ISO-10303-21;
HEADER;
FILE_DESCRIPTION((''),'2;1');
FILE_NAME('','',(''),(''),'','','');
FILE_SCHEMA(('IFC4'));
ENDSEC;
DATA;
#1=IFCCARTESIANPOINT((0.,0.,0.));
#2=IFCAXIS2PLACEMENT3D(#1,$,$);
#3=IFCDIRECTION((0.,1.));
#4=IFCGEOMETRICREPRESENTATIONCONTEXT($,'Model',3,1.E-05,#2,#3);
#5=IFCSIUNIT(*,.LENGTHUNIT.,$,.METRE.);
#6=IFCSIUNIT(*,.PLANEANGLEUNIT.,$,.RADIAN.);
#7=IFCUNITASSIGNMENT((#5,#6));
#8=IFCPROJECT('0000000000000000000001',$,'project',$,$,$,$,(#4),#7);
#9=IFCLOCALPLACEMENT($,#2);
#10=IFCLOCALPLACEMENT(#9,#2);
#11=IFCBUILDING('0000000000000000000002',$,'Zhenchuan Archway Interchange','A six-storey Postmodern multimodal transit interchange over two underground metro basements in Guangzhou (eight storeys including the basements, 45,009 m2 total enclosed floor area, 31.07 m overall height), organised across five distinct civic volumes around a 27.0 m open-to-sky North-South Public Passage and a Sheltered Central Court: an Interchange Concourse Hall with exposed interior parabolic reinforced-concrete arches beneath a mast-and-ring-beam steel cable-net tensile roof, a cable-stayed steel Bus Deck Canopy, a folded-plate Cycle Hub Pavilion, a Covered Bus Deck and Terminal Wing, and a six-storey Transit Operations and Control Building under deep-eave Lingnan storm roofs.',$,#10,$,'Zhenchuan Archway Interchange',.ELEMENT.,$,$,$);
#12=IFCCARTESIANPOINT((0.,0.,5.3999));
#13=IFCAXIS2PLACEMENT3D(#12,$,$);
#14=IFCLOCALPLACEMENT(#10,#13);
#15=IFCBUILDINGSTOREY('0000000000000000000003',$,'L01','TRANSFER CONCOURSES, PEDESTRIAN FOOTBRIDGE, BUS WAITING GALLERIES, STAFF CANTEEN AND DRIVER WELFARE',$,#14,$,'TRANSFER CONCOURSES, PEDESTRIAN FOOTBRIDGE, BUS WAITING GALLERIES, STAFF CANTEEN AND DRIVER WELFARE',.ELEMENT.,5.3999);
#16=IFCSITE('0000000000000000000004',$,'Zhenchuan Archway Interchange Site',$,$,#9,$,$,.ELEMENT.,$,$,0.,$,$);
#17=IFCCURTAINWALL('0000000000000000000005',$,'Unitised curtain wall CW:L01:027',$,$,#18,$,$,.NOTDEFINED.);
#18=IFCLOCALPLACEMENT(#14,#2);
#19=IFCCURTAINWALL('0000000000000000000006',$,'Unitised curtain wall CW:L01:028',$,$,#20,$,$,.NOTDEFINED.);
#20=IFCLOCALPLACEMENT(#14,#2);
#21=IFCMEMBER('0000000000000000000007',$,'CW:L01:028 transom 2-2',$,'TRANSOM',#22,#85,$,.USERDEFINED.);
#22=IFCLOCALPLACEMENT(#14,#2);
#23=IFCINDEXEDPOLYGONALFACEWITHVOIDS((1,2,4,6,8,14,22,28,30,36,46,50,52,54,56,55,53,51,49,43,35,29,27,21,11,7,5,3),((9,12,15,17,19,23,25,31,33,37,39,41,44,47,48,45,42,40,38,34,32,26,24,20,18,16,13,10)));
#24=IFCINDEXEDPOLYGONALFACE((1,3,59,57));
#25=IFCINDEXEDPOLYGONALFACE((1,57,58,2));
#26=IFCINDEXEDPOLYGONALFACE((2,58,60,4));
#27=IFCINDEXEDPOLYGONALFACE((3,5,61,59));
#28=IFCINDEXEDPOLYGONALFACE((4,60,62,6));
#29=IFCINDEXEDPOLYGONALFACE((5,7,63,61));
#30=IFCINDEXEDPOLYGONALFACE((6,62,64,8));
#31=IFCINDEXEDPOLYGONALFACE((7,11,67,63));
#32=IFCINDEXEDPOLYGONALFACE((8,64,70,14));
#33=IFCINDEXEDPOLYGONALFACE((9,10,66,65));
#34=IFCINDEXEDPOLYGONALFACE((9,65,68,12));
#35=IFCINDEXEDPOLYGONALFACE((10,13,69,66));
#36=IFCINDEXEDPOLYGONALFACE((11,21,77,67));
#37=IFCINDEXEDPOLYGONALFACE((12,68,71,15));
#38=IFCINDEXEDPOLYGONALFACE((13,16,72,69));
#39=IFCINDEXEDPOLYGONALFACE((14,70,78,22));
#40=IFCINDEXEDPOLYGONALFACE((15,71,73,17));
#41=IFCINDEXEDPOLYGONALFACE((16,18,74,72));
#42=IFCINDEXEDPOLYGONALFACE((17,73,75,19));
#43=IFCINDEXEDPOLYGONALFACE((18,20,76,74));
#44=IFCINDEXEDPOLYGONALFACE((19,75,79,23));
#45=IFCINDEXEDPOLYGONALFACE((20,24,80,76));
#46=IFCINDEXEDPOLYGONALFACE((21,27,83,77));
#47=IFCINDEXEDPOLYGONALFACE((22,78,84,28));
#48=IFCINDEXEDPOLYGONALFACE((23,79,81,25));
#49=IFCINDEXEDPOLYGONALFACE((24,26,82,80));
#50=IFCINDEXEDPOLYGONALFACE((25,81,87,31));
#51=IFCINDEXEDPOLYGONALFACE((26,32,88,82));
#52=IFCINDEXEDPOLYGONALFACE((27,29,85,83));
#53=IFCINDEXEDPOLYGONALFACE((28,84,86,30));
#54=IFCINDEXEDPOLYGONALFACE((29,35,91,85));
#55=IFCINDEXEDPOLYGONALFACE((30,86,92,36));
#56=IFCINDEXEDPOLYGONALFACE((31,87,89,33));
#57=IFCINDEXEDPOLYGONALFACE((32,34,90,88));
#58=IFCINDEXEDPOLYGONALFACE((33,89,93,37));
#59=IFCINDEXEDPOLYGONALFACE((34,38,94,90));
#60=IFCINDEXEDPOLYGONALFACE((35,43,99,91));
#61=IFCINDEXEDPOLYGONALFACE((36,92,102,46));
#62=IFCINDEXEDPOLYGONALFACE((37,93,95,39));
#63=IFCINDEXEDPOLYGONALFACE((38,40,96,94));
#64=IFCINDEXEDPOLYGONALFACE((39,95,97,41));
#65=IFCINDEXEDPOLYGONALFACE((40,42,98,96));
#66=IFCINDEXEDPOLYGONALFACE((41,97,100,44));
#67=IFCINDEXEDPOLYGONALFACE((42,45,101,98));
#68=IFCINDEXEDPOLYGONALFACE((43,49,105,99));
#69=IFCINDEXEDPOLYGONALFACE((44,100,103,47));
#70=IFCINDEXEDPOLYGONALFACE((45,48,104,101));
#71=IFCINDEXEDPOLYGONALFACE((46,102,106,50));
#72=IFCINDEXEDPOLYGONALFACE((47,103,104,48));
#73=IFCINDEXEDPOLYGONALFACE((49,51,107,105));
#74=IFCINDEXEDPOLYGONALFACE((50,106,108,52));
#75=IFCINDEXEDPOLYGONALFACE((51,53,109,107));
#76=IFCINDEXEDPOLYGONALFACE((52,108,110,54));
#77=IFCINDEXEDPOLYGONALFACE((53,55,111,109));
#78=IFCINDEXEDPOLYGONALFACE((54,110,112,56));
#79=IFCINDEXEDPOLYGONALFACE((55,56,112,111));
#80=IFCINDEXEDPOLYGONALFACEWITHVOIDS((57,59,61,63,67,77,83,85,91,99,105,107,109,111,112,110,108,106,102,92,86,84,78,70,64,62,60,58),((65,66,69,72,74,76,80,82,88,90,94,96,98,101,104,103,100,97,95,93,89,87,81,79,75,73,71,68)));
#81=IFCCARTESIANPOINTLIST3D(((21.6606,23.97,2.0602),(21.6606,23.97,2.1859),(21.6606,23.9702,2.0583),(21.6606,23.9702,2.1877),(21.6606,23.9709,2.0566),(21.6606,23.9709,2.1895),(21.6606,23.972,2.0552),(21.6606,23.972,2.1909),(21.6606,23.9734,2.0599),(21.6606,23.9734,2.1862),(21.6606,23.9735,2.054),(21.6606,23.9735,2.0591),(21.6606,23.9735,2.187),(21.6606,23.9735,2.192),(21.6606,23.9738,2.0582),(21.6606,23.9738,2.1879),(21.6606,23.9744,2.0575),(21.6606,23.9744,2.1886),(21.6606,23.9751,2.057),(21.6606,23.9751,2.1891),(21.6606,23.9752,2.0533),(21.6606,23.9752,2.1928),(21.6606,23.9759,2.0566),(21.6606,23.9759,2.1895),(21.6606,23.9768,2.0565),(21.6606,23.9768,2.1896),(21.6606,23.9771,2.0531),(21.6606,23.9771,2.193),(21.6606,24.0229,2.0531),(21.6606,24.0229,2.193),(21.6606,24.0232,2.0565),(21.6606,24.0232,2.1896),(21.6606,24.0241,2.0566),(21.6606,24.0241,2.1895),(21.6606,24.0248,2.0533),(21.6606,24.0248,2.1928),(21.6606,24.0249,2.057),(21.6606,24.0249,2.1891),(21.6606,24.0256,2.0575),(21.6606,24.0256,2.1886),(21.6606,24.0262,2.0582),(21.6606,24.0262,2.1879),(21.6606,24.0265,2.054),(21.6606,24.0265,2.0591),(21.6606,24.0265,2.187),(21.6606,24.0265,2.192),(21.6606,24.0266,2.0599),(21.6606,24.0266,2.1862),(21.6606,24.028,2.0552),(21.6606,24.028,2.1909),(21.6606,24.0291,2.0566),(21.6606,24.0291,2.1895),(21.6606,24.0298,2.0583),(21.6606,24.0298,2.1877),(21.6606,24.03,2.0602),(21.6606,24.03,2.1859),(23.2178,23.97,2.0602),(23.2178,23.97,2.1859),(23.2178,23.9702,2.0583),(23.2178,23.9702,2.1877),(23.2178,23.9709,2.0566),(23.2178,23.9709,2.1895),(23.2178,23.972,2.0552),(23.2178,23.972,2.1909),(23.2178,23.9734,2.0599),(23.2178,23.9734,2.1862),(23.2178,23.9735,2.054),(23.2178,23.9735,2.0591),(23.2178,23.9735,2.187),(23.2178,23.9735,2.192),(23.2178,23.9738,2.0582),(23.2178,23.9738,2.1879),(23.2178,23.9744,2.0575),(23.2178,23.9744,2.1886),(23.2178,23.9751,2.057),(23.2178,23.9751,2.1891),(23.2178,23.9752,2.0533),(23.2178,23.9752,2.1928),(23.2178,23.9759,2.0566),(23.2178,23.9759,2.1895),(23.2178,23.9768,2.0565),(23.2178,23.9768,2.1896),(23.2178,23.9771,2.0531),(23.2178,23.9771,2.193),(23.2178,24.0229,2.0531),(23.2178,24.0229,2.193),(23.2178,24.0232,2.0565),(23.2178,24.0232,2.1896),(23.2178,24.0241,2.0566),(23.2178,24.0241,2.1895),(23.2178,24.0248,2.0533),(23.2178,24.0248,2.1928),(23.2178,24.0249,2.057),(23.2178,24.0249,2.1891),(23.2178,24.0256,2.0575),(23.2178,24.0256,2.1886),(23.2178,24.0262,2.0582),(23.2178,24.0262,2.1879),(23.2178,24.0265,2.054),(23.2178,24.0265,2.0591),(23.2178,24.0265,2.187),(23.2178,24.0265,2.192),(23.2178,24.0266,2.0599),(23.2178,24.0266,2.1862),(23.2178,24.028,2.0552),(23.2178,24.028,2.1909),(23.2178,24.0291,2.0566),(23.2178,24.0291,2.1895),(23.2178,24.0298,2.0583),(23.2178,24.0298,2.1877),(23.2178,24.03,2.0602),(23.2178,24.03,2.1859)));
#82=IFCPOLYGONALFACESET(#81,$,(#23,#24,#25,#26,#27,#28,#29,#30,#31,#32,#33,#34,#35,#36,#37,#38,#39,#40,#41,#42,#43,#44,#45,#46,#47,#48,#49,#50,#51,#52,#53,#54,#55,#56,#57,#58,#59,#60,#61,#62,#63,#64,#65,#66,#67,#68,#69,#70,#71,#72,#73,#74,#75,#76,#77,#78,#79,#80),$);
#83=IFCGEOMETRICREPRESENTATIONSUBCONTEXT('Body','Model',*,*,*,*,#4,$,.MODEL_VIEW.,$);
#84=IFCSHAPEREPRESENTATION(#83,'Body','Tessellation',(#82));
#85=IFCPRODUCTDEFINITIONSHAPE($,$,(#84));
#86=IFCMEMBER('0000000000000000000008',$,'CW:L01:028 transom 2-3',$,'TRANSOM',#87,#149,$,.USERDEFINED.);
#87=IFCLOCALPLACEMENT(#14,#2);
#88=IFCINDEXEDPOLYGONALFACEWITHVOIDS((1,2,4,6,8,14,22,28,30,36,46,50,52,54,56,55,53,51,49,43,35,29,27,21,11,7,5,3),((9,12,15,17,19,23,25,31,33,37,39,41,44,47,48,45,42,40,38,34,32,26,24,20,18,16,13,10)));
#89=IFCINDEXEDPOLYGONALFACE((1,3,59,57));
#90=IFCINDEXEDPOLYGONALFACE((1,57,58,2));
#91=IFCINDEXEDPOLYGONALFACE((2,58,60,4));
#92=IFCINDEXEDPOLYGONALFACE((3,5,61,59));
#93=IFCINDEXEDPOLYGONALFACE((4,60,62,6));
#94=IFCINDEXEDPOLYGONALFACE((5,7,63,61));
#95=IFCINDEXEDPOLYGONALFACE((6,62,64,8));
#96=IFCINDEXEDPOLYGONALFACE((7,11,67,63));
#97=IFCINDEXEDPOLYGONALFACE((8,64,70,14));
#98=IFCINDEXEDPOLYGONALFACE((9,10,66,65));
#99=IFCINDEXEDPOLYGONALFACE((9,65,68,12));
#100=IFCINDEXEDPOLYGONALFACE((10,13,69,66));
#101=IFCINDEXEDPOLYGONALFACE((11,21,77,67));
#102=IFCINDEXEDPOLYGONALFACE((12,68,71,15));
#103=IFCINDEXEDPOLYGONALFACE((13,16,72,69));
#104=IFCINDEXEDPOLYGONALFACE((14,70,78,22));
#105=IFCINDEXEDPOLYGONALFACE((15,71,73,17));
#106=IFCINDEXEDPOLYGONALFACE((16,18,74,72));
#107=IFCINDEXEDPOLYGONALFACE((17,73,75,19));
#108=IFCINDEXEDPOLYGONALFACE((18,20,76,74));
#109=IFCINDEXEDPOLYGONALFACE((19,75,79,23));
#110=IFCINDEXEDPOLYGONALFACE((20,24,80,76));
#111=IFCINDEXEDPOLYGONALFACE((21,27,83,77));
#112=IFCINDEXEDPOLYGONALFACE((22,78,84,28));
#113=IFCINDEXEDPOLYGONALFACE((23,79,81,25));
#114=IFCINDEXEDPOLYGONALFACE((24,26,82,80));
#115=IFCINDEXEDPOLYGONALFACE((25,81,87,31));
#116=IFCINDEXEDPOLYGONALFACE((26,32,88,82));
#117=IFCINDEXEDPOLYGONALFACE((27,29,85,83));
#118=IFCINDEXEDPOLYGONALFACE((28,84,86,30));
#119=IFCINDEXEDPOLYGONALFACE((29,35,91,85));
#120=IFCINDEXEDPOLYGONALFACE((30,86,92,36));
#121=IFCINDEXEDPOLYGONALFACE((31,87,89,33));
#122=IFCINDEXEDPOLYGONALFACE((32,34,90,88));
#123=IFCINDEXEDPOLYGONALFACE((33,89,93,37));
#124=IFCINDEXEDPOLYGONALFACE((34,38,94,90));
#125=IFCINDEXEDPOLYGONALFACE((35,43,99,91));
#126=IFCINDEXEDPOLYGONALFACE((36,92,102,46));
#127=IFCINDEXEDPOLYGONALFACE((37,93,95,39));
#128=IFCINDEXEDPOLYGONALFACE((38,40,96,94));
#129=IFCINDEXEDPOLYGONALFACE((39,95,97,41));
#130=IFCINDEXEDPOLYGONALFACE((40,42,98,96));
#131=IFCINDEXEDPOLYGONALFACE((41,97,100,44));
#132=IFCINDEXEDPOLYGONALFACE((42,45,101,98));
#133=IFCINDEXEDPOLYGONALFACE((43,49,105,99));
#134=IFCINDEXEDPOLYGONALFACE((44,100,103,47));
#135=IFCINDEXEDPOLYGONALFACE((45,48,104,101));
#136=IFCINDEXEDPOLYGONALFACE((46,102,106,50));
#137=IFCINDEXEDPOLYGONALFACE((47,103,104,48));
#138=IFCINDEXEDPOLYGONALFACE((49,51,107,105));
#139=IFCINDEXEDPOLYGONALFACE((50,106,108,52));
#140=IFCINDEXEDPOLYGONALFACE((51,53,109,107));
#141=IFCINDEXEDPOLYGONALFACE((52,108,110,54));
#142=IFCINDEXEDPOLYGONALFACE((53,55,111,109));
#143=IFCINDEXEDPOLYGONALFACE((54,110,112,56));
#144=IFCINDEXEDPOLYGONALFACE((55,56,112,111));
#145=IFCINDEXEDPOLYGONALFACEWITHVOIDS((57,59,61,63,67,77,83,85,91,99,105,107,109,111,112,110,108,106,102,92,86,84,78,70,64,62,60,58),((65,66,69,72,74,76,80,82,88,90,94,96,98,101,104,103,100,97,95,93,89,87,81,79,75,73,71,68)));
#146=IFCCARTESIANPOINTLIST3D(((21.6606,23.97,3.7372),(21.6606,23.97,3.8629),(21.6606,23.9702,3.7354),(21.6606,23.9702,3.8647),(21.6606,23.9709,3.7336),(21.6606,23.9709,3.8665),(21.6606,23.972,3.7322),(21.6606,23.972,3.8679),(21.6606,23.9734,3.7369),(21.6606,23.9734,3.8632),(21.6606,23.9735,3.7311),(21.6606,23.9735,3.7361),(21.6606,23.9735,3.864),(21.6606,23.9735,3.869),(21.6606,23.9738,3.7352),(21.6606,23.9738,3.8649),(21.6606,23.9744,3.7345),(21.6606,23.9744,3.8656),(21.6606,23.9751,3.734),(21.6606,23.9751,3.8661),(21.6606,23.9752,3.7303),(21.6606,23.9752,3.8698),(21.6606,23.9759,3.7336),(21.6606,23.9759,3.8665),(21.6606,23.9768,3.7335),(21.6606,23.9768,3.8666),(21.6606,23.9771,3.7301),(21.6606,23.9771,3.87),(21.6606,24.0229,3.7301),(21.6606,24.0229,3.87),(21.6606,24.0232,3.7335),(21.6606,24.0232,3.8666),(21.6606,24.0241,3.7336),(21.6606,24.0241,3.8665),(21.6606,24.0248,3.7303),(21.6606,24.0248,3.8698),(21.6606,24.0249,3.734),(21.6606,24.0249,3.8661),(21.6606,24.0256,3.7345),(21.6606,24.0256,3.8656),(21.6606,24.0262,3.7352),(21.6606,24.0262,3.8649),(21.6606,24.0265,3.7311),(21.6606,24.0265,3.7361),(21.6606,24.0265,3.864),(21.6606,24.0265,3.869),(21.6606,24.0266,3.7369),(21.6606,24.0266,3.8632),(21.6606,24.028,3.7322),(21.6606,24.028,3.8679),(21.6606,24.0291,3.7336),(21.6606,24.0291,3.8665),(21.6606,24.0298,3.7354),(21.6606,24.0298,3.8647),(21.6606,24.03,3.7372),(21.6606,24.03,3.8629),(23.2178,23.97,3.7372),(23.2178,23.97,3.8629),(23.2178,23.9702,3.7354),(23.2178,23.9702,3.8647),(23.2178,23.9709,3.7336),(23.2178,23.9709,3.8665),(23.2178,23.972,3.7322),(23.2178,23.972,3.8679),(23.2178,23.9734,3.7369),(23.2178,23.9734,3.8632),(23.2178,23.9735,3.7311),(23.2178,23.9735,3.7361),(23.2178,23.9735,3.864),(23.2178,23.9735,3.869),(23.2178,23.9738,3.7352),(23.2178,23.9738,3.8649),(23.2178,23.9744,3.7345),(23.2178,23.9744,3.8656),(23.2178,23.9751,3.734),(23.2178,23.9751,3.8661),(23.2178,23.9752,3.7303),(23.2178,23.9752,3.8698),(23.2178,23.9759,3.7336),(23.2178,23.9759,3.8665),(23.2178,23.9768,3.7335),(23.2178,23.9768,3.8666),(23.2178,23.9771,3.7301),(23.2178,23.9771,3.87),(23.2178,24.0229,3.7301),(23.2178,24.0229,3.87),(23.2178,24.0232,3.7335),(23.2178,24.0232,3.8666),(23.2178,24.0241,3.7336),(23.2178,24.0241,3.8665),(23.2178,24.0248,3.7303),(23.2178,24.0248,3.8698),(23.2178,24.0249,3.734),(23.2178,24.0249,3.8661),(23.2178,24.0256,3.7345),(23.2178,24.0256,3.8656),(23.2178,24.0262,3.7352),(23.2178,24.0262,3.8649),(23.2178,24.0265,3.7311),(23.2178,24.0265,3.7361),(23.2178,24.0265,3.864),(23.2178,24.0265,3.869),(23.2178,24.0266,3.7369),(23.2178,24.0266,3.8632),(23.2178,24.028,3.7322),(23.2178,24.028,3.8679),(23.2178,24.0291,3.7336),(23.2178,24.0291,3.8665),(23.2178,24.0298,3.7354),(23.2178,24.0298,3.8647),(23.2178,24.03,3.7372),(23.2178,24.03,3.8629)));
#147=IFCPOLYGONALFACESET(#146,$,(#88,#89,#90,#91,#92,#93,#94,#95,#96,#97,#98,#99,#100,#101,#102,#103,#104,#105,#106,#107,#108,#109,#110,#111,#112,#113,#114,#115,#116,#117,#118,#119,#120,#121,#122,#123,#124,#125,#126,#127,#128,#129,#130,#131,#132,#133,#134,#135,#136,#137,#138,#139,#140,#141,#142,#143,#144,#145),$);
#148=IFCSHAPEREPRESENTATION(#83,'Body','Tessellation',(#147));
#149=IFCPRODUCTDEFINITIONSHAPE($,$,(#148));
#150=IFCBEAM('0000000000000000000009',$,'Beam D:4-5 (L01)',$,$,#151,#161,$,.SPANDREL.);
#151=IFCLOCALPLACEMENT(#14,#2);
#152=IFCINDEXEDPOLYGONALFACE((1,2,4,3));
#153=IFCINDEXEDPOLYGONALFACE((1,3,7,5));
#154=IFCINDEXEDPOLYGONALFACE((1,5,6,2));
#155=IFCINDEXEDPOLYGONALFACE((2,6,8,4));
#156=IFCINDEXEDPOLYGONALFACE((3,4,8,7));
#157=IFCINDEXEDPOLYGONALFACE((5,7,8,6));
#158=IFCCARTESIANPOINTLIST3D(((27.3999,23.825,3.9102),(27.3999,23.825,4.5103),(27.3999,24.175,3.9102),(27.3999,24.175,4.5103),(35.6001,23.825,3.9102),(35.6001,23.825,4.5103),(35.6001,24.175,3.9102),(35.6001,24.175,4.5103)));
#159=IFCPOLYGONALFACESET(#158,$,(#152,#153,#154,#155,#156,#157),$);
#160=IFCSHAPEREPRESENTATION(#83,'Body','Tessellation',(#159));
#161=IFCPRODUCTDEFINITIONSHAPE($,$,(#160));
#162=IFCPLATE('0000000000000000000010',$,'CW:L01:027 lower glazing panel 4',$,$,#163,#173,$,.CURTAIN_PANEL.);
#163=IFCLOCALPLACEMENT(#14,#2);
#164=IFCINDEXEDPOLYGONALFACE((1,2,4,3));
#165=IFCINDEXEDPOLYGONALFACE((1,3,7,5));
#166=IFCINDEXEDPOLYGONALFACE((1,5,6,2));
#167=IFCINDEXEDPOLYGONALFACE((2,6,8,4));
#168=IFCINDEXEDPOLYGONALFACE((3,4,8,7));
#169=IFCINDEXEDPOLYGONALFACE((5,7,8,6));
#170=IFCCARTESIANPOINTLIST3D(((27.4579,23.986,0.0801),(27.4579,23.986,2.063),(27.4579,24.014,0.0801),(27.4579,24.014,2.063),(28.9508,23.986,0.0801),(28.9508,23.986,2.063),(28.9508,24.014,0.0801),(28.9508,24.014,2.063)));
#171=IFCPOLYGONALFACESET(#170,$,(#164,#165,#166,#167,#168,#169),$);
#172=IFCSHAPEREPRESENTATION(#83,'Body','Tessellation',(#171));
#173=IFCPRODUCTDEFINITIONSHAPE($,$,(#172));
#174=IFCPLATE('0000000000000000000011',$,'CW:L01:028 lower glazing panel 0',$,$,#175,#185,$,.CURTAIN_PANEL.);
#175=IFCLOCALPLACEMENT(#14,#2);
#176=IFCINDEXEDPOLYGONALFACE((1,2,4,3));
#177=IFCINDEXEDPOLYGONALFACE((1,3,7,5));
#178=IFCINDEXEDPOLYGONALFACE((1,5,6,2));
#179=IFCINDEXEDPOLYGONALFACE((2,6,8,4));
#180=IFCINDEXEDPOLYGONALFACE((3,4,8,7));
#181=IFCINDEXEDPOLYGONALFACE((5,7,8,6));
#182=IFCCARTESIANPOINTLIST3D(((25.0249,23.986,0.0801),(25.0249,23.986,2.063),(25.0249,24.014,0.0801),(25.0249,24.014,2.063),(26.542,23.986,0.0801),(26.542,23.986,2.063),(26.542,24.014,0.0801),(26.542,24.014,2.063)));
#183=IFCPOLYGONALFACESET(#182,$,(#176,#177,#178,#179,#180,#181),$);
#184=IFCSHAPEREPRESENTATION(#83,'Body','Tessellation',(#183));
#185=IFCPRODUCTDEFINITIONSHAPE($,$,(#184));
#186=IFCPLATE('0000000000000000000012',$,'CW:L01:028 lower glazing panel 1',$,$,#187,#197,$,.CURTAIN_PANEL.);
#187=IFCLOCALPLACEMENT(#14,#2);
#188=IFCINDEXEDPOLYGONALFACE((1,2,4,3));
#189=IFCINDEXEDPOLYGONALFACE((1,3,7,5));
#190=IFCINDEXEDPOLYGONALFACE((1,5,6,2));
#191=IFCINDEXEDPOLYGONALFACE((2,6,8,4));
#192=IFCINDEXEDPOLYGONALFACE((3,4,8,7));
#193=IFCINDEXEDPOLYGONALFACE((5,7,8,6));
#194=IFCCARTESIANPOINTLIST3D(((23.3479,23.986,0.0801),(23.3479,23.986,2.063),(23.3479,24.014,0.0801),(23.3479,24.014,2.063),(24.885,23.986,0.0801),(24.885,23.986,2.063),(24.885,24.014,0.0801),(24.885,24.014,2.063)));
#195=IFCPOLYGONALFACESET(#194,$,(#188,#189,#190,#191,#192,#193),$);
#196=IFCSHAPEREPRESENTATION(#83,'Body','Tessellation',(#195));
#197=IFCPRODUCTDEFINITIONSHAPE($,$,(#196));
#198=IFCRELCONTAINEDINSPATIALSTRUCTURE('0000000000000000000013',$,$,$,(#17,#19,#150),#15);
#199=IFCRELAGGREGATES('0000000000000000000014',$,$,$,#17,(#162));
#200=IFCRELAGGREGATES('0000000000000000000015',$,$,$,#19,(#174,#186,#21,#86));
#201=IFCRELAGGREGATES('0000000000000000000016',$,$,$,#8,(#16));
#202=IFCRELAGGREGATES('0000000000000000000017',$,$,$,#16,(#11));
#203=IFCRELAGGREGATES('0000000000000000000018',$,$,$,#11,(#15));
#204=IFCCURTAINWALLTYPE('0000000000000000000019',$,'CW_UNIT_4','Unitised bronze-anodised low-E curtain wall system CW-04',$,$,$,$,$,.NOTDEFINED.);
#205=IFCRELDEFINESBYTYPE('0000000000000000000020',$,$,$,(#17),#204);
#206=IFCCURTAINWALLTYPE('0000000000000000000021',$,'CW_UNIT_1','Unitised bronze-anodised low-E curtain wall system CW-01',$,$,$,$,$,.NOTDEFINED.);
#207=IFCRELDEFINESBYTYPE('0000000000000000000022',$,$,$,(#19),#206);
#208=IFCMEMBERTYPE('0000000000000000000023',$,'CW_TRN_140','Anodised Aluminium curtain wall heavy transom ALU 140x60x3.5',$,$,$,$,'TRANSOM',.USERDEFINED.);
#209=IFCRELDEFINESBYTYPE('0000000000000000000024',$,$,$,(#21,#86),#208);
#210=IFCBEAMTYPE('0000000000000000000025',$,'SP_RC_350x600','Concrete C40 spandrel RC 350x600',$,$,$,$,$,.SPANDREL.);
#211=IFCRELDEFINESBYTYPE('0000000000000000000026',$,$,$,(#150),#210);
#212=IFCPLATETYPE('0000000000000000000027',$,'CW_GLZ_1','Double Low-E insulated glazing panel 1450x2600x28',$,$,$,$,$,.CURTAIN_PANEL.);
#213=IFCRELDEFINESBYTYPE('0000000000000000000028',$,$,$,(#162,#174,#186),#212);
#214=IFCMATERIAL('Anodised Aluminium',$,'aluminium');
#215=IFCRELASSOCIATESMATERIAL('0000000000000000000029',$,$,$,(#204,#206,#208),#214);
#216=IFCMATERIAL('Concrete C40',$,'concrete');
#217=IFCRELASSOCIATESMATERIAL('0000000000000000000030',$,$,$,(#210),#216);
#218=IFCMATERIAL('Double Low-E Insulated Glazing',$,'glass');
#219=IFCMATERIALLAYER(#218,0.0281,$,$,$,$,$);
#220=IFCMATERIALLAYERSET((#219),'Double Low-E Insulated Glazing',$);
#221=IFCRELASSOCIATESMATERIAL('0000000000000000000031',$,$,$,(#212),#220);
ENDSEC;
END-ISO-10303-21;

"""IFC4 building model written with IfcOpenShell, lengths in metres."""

from ifc_helpers import new_model, si_unit, direction, frame, origin, origin_2d, place, context, subcontext, project, spatial, rectangle, hollow_rectangle, extrude, material, layer, layer_set, material_profile, profile_set, type_object, element, aggregate, save


model = new_model("IFC4")

# Units and contexts
model_context = context("Model", 3, precision=1e-05, world=origin(), true_north=direction((0.0, 1.0)))
body_context = subcontext(model_context, "Body", "Model", "MODEL_VIEW")
ifc_project = project(units=[si_unit("LENGTHUNIT", "METRE"), si_unit("PLANEANGLEUNIT", "RADIAN")], contexts=[model_context])

# Site, building, storey
site_placement = place(None, origin())
site = spatial("IfcSite", under=ifc_project, at=site_placement, Name="Zhenchuan Archway Interchange Site", CompositionType="ELEMENT", RefElevation=0.0)
building_placement = place(site_placement, origin())
building = spatial("IfcBuilding", under=site, at=building_placement, Name="Zhenchuan Archway Interchange", Description="A six-storey Postmodern multimodal transit interchange over two underground metro basements in Guangzhou (eight storeys including the basements, 45,009 m2 total enclosed floor area, 31.07 m overall height), organised across five distinct civic volumes around a 27.0 m open-to-sky North-South Public Passage and a Sheltered Central Court: an Interchange Concourse Hall with exposed interior parabolic reinforced-concrete arches beneath a mast-and-ring-beam steel cable-net tensile roof, a cable-stayed steel Bus Deck Canopy, a folded-plate Cycle Hub Pavilion, a Covered Bus Deck and Terminal Wing, and a six-storey Transit Operations and Control Building under deep-eave Lingnan storm roofs.", LongName="Zhenchuan Archway Interchange", CompositionType="ELEMENT")
storey_placement = place(building_placement, frame((0.0, 0.0, 5.3999)))
storey = spatial("IfcBuildingStorey", under=building, at=storey_placement, Name="L01", Description="TRANSFER CONCOURSES, PEDESTRIAN FOOTBRIDGE, BUS WAITING GALLERIES, STAFF CANTEEN AND DRIVER WELFARE", LongName="TRANSFER CONCOURSES, PEDESTRIAN FOOTBRIDGE, BUS WAITING GALLERIES, STAFF CANTEEN AND DRIVER WELFARE", CompositionType="ELEMENT", Elevation=5.3999)

# Shared definitions
ifc_material_1 = material(Name="Concrete C40", Category="concrete")

# Curtain wall
ifc_material_2 = material(Name="Anodised Aluminium", Category="aluminium")
curtain_wall_type_1 = type_object("IfcCurtainWallType", Name="CW_UNIT_4", Description="Unitised bronze-anodised low-E curtain wall system CW-04", PredefinedType="NOTDEFINED", material=ifc_material_2)
curtain_wall_1_placement = place(storey_placement, origin())
curtain_wall_1 = element("IfcCurtainWall", 1, at=curtain_wall_1_placement, inside=storey, type_object=curtain_wall_type_1, Name="Unitised curtain wall CW:L01:027", PredefinedType="NOTDEFINED")

# Curtain wall
curtain_wall_type_2 = type_object("IfcCurtainWallType", Name="CW_UNIT_1", Description="Unitised bronze-anodised low-E curtain wall system CW-01", PredefinedType="NOTDEFINED", material=ifc_material_2)
curtain_wall_2_placement = place(storey_placement, origin())
curtain_wall_2 = element("IfcCurtainWall", 2, at=curtain_wall_2_placement, inside=storey, type_object=curtain_wall_type_2, Name="Unitised curtain wall CW:L01:028", PredefinedType="NOTDEFINED")

# Members
ifc_material_profile_1 = material_profile(ifc_material_2, hollow_rectangle(XDim=0.0601, YDim=0.1399, WallThickness=0.0034, InnerFilletRadius=0.0034, OuterFilletRadius=0.0071, at=origin_2d()), Name="ALU 140x60x3.5")
ifc_profile_set_1 = profile_set([ifc_material_profile_1], Name="Anodised Aluminium")
member_type_1 = type_object("IfcMemberType", Name="CW_TRN_140", Description="Anodised Aluminium curtain wall heavy transom ALU 140x60x3.5", ElementType="TRANSOM", PredefinedType="USERDEFINED", material=ifc_profile_set_1)
member_1_placement = place(storey_placement, frame((23.2178, 24.0, 2.123), z_axis=(-1.0, 0.0, 0.0), x_axis=(0.0, -1.0, 0.0)))
member_1 = element("IfcMember", 3, at=member_1_placement, type_object=member_type_1, Name="CW:L01:028 transom 2-2", ObjectType="TRANSOM", PredefinedType="USERDEFINED", context=body_context, shape_type="SweptSolid", body=[
    extrude(hollow_rectangle(XDim=0.0601, YDim=0.1399, WallThickness=0.0034, InnerFilletRadius=0.0034, OuterFilletRadius=0.0071, at=origin_2d()), origin(), (0.0, 0.0, 1.0), 1.5571),
])
member_2_placement = place(storey_placement, frame((23.2178, 24.0, 3.8), z_axis=(-1.0, 0.0, 0.0), x_axis=(0.0, -1.0, 0.0)))
member_2 = element("IfcMember", 4, at=member_2_placement, type_object=member_type_1, Name="CW:L01:028 transom 2-3", ObjectType="TRANSOM", PredefinedType="USERDEFINED", context=body_context, shape_type="SweptSolid", body=[
    extrude(hollow_rectangle(XDim=0.0601, YDim=0.1399, WallThickness=0.0034, InnerFilletRadius=0.0034, OuterFilletRadius=0.0071, at=origin_2d()), origin(), (0.0, 0.0, 1.0), 1.5571),
])

# Beam
ifc_material_profile_2 = material_profile(ifc_material_1, rectangle(XDim=0.3501, YDim=0.6001, at=origin_2d()), Name="RC 350x600")
ifc_profile_set_2 = profile_set([ifc_material_profile_2], Name="Concrete C40")
beam_type_1 = type_object("IfcBeamType", Name="SP_RC_350x600", Description="Concrete C40 spandrel RC 350x600", PredefinedType="SPANDREL", material=ifc_profile_set_2)
beam_1_placement = place(storey_placement, frame((27.3999, 24.0, 4.2102), z_axis=(1.0, 0.0, 0.0), x_axis=(0.0, 1.0, 0.0)))
element("IfcBeam", 5, at=beam_1_placement, inside=storey, type_object=beam_type_1, Name="Beam D:4-5 (L01)", PredefinedType="SPANDREL", context=body_context, shape_type="SweptSolid", body=[
    extrude(rectangle(XDim=0.3501, YDim=0.6001, at=origin_2d()), origin(), (0.0, 0.0, 1.0), 8.2002),
])

# Plates
ifc_material_3 = material(Name="Double Low-E Insulated Glazing", Category="glass")
ifc_layer_1 = layer(ifc_material_3, 0.0281)
ifc_layer_set_1 = layer_set([ifc_layer_1], Name="Double Low-E Insulated Glazing")
plate_type_1 = type_object("IfcPlateType", Name="CW_GLZ_1", Description="Double Low-E insulated glazing panel 1450x2600x28", PredefinedType="CURTAIN_PANEL", material=ifc_layer_set_1)
plate_1_placement = place(storey_placement, frame((28.2043, 24.0, 0.0801), z_axis=(0.0, 0.0, 1.0), x_axis=(-1.0, 0.0, 0.0)))
plate_1 = element("IfcPlate", 6, at=plate_1_placement, type_object=plate_type_1, Name="CW:L01:027 lower glazing panel 4", PredefinedType="CURTAIN_PANEL", context=body_context, shape_type="SweptSolid", body=[
    extrude(rectangle(XDim=1.4929, YDim=0.0281, at=origin_2d()), origin(), (0.0, 0.0, 1.0), 1.9829),
])
plate_2_placement = place(storey_placement, frame((25.7834, 24.0, 0.0801), z_axis=(0.0, 0.0, 1.0), x_axis=(-1.0, 0.0, 0.0)))
plate_2 = element("IfcPlate", 7, at=plate_2_placement, type_object=plate_type_1, Name="CW:L01:028 lower glazing panel 0", PredefinedType="CURTAIN_PANEL", context=body_context, shape_type="SweptSolid", body=[
    extrude(rectangle(XDim=1.5171, YDim=0.0281, at=origin_2d()), origin(), (0.0, 0.0, 1.0), 1.9829),
])
plate_3_placement = place(storey_placement, frame((24.1165, 24.0, 0.0801), z_axis=(0.0, 0.0, 1.0), x_axis=(-1.0, 0.0, 0.0)))
plate_3 = element("IfcPlate", 8, at=plate_3_placement, type_object=plate_type_1, Name="CW:L01:028 lower glazing panel 1", PredefinedType="CURTAIN_PANEL", context=body_context, shape_type="SweptSolid", body=[
    extrude(rectangle(XDim=1.5371, YDim=0.0281, at=origin_2d()), origin(), (0.0, 0.0, 1.0), 1.9829),
])
aggregate(curtain_wall_1, [plate_1])
aggregate(curtain_wall_2, [plate_2, plate_3, member_1, member_2])

save(model, "model.ifc")
